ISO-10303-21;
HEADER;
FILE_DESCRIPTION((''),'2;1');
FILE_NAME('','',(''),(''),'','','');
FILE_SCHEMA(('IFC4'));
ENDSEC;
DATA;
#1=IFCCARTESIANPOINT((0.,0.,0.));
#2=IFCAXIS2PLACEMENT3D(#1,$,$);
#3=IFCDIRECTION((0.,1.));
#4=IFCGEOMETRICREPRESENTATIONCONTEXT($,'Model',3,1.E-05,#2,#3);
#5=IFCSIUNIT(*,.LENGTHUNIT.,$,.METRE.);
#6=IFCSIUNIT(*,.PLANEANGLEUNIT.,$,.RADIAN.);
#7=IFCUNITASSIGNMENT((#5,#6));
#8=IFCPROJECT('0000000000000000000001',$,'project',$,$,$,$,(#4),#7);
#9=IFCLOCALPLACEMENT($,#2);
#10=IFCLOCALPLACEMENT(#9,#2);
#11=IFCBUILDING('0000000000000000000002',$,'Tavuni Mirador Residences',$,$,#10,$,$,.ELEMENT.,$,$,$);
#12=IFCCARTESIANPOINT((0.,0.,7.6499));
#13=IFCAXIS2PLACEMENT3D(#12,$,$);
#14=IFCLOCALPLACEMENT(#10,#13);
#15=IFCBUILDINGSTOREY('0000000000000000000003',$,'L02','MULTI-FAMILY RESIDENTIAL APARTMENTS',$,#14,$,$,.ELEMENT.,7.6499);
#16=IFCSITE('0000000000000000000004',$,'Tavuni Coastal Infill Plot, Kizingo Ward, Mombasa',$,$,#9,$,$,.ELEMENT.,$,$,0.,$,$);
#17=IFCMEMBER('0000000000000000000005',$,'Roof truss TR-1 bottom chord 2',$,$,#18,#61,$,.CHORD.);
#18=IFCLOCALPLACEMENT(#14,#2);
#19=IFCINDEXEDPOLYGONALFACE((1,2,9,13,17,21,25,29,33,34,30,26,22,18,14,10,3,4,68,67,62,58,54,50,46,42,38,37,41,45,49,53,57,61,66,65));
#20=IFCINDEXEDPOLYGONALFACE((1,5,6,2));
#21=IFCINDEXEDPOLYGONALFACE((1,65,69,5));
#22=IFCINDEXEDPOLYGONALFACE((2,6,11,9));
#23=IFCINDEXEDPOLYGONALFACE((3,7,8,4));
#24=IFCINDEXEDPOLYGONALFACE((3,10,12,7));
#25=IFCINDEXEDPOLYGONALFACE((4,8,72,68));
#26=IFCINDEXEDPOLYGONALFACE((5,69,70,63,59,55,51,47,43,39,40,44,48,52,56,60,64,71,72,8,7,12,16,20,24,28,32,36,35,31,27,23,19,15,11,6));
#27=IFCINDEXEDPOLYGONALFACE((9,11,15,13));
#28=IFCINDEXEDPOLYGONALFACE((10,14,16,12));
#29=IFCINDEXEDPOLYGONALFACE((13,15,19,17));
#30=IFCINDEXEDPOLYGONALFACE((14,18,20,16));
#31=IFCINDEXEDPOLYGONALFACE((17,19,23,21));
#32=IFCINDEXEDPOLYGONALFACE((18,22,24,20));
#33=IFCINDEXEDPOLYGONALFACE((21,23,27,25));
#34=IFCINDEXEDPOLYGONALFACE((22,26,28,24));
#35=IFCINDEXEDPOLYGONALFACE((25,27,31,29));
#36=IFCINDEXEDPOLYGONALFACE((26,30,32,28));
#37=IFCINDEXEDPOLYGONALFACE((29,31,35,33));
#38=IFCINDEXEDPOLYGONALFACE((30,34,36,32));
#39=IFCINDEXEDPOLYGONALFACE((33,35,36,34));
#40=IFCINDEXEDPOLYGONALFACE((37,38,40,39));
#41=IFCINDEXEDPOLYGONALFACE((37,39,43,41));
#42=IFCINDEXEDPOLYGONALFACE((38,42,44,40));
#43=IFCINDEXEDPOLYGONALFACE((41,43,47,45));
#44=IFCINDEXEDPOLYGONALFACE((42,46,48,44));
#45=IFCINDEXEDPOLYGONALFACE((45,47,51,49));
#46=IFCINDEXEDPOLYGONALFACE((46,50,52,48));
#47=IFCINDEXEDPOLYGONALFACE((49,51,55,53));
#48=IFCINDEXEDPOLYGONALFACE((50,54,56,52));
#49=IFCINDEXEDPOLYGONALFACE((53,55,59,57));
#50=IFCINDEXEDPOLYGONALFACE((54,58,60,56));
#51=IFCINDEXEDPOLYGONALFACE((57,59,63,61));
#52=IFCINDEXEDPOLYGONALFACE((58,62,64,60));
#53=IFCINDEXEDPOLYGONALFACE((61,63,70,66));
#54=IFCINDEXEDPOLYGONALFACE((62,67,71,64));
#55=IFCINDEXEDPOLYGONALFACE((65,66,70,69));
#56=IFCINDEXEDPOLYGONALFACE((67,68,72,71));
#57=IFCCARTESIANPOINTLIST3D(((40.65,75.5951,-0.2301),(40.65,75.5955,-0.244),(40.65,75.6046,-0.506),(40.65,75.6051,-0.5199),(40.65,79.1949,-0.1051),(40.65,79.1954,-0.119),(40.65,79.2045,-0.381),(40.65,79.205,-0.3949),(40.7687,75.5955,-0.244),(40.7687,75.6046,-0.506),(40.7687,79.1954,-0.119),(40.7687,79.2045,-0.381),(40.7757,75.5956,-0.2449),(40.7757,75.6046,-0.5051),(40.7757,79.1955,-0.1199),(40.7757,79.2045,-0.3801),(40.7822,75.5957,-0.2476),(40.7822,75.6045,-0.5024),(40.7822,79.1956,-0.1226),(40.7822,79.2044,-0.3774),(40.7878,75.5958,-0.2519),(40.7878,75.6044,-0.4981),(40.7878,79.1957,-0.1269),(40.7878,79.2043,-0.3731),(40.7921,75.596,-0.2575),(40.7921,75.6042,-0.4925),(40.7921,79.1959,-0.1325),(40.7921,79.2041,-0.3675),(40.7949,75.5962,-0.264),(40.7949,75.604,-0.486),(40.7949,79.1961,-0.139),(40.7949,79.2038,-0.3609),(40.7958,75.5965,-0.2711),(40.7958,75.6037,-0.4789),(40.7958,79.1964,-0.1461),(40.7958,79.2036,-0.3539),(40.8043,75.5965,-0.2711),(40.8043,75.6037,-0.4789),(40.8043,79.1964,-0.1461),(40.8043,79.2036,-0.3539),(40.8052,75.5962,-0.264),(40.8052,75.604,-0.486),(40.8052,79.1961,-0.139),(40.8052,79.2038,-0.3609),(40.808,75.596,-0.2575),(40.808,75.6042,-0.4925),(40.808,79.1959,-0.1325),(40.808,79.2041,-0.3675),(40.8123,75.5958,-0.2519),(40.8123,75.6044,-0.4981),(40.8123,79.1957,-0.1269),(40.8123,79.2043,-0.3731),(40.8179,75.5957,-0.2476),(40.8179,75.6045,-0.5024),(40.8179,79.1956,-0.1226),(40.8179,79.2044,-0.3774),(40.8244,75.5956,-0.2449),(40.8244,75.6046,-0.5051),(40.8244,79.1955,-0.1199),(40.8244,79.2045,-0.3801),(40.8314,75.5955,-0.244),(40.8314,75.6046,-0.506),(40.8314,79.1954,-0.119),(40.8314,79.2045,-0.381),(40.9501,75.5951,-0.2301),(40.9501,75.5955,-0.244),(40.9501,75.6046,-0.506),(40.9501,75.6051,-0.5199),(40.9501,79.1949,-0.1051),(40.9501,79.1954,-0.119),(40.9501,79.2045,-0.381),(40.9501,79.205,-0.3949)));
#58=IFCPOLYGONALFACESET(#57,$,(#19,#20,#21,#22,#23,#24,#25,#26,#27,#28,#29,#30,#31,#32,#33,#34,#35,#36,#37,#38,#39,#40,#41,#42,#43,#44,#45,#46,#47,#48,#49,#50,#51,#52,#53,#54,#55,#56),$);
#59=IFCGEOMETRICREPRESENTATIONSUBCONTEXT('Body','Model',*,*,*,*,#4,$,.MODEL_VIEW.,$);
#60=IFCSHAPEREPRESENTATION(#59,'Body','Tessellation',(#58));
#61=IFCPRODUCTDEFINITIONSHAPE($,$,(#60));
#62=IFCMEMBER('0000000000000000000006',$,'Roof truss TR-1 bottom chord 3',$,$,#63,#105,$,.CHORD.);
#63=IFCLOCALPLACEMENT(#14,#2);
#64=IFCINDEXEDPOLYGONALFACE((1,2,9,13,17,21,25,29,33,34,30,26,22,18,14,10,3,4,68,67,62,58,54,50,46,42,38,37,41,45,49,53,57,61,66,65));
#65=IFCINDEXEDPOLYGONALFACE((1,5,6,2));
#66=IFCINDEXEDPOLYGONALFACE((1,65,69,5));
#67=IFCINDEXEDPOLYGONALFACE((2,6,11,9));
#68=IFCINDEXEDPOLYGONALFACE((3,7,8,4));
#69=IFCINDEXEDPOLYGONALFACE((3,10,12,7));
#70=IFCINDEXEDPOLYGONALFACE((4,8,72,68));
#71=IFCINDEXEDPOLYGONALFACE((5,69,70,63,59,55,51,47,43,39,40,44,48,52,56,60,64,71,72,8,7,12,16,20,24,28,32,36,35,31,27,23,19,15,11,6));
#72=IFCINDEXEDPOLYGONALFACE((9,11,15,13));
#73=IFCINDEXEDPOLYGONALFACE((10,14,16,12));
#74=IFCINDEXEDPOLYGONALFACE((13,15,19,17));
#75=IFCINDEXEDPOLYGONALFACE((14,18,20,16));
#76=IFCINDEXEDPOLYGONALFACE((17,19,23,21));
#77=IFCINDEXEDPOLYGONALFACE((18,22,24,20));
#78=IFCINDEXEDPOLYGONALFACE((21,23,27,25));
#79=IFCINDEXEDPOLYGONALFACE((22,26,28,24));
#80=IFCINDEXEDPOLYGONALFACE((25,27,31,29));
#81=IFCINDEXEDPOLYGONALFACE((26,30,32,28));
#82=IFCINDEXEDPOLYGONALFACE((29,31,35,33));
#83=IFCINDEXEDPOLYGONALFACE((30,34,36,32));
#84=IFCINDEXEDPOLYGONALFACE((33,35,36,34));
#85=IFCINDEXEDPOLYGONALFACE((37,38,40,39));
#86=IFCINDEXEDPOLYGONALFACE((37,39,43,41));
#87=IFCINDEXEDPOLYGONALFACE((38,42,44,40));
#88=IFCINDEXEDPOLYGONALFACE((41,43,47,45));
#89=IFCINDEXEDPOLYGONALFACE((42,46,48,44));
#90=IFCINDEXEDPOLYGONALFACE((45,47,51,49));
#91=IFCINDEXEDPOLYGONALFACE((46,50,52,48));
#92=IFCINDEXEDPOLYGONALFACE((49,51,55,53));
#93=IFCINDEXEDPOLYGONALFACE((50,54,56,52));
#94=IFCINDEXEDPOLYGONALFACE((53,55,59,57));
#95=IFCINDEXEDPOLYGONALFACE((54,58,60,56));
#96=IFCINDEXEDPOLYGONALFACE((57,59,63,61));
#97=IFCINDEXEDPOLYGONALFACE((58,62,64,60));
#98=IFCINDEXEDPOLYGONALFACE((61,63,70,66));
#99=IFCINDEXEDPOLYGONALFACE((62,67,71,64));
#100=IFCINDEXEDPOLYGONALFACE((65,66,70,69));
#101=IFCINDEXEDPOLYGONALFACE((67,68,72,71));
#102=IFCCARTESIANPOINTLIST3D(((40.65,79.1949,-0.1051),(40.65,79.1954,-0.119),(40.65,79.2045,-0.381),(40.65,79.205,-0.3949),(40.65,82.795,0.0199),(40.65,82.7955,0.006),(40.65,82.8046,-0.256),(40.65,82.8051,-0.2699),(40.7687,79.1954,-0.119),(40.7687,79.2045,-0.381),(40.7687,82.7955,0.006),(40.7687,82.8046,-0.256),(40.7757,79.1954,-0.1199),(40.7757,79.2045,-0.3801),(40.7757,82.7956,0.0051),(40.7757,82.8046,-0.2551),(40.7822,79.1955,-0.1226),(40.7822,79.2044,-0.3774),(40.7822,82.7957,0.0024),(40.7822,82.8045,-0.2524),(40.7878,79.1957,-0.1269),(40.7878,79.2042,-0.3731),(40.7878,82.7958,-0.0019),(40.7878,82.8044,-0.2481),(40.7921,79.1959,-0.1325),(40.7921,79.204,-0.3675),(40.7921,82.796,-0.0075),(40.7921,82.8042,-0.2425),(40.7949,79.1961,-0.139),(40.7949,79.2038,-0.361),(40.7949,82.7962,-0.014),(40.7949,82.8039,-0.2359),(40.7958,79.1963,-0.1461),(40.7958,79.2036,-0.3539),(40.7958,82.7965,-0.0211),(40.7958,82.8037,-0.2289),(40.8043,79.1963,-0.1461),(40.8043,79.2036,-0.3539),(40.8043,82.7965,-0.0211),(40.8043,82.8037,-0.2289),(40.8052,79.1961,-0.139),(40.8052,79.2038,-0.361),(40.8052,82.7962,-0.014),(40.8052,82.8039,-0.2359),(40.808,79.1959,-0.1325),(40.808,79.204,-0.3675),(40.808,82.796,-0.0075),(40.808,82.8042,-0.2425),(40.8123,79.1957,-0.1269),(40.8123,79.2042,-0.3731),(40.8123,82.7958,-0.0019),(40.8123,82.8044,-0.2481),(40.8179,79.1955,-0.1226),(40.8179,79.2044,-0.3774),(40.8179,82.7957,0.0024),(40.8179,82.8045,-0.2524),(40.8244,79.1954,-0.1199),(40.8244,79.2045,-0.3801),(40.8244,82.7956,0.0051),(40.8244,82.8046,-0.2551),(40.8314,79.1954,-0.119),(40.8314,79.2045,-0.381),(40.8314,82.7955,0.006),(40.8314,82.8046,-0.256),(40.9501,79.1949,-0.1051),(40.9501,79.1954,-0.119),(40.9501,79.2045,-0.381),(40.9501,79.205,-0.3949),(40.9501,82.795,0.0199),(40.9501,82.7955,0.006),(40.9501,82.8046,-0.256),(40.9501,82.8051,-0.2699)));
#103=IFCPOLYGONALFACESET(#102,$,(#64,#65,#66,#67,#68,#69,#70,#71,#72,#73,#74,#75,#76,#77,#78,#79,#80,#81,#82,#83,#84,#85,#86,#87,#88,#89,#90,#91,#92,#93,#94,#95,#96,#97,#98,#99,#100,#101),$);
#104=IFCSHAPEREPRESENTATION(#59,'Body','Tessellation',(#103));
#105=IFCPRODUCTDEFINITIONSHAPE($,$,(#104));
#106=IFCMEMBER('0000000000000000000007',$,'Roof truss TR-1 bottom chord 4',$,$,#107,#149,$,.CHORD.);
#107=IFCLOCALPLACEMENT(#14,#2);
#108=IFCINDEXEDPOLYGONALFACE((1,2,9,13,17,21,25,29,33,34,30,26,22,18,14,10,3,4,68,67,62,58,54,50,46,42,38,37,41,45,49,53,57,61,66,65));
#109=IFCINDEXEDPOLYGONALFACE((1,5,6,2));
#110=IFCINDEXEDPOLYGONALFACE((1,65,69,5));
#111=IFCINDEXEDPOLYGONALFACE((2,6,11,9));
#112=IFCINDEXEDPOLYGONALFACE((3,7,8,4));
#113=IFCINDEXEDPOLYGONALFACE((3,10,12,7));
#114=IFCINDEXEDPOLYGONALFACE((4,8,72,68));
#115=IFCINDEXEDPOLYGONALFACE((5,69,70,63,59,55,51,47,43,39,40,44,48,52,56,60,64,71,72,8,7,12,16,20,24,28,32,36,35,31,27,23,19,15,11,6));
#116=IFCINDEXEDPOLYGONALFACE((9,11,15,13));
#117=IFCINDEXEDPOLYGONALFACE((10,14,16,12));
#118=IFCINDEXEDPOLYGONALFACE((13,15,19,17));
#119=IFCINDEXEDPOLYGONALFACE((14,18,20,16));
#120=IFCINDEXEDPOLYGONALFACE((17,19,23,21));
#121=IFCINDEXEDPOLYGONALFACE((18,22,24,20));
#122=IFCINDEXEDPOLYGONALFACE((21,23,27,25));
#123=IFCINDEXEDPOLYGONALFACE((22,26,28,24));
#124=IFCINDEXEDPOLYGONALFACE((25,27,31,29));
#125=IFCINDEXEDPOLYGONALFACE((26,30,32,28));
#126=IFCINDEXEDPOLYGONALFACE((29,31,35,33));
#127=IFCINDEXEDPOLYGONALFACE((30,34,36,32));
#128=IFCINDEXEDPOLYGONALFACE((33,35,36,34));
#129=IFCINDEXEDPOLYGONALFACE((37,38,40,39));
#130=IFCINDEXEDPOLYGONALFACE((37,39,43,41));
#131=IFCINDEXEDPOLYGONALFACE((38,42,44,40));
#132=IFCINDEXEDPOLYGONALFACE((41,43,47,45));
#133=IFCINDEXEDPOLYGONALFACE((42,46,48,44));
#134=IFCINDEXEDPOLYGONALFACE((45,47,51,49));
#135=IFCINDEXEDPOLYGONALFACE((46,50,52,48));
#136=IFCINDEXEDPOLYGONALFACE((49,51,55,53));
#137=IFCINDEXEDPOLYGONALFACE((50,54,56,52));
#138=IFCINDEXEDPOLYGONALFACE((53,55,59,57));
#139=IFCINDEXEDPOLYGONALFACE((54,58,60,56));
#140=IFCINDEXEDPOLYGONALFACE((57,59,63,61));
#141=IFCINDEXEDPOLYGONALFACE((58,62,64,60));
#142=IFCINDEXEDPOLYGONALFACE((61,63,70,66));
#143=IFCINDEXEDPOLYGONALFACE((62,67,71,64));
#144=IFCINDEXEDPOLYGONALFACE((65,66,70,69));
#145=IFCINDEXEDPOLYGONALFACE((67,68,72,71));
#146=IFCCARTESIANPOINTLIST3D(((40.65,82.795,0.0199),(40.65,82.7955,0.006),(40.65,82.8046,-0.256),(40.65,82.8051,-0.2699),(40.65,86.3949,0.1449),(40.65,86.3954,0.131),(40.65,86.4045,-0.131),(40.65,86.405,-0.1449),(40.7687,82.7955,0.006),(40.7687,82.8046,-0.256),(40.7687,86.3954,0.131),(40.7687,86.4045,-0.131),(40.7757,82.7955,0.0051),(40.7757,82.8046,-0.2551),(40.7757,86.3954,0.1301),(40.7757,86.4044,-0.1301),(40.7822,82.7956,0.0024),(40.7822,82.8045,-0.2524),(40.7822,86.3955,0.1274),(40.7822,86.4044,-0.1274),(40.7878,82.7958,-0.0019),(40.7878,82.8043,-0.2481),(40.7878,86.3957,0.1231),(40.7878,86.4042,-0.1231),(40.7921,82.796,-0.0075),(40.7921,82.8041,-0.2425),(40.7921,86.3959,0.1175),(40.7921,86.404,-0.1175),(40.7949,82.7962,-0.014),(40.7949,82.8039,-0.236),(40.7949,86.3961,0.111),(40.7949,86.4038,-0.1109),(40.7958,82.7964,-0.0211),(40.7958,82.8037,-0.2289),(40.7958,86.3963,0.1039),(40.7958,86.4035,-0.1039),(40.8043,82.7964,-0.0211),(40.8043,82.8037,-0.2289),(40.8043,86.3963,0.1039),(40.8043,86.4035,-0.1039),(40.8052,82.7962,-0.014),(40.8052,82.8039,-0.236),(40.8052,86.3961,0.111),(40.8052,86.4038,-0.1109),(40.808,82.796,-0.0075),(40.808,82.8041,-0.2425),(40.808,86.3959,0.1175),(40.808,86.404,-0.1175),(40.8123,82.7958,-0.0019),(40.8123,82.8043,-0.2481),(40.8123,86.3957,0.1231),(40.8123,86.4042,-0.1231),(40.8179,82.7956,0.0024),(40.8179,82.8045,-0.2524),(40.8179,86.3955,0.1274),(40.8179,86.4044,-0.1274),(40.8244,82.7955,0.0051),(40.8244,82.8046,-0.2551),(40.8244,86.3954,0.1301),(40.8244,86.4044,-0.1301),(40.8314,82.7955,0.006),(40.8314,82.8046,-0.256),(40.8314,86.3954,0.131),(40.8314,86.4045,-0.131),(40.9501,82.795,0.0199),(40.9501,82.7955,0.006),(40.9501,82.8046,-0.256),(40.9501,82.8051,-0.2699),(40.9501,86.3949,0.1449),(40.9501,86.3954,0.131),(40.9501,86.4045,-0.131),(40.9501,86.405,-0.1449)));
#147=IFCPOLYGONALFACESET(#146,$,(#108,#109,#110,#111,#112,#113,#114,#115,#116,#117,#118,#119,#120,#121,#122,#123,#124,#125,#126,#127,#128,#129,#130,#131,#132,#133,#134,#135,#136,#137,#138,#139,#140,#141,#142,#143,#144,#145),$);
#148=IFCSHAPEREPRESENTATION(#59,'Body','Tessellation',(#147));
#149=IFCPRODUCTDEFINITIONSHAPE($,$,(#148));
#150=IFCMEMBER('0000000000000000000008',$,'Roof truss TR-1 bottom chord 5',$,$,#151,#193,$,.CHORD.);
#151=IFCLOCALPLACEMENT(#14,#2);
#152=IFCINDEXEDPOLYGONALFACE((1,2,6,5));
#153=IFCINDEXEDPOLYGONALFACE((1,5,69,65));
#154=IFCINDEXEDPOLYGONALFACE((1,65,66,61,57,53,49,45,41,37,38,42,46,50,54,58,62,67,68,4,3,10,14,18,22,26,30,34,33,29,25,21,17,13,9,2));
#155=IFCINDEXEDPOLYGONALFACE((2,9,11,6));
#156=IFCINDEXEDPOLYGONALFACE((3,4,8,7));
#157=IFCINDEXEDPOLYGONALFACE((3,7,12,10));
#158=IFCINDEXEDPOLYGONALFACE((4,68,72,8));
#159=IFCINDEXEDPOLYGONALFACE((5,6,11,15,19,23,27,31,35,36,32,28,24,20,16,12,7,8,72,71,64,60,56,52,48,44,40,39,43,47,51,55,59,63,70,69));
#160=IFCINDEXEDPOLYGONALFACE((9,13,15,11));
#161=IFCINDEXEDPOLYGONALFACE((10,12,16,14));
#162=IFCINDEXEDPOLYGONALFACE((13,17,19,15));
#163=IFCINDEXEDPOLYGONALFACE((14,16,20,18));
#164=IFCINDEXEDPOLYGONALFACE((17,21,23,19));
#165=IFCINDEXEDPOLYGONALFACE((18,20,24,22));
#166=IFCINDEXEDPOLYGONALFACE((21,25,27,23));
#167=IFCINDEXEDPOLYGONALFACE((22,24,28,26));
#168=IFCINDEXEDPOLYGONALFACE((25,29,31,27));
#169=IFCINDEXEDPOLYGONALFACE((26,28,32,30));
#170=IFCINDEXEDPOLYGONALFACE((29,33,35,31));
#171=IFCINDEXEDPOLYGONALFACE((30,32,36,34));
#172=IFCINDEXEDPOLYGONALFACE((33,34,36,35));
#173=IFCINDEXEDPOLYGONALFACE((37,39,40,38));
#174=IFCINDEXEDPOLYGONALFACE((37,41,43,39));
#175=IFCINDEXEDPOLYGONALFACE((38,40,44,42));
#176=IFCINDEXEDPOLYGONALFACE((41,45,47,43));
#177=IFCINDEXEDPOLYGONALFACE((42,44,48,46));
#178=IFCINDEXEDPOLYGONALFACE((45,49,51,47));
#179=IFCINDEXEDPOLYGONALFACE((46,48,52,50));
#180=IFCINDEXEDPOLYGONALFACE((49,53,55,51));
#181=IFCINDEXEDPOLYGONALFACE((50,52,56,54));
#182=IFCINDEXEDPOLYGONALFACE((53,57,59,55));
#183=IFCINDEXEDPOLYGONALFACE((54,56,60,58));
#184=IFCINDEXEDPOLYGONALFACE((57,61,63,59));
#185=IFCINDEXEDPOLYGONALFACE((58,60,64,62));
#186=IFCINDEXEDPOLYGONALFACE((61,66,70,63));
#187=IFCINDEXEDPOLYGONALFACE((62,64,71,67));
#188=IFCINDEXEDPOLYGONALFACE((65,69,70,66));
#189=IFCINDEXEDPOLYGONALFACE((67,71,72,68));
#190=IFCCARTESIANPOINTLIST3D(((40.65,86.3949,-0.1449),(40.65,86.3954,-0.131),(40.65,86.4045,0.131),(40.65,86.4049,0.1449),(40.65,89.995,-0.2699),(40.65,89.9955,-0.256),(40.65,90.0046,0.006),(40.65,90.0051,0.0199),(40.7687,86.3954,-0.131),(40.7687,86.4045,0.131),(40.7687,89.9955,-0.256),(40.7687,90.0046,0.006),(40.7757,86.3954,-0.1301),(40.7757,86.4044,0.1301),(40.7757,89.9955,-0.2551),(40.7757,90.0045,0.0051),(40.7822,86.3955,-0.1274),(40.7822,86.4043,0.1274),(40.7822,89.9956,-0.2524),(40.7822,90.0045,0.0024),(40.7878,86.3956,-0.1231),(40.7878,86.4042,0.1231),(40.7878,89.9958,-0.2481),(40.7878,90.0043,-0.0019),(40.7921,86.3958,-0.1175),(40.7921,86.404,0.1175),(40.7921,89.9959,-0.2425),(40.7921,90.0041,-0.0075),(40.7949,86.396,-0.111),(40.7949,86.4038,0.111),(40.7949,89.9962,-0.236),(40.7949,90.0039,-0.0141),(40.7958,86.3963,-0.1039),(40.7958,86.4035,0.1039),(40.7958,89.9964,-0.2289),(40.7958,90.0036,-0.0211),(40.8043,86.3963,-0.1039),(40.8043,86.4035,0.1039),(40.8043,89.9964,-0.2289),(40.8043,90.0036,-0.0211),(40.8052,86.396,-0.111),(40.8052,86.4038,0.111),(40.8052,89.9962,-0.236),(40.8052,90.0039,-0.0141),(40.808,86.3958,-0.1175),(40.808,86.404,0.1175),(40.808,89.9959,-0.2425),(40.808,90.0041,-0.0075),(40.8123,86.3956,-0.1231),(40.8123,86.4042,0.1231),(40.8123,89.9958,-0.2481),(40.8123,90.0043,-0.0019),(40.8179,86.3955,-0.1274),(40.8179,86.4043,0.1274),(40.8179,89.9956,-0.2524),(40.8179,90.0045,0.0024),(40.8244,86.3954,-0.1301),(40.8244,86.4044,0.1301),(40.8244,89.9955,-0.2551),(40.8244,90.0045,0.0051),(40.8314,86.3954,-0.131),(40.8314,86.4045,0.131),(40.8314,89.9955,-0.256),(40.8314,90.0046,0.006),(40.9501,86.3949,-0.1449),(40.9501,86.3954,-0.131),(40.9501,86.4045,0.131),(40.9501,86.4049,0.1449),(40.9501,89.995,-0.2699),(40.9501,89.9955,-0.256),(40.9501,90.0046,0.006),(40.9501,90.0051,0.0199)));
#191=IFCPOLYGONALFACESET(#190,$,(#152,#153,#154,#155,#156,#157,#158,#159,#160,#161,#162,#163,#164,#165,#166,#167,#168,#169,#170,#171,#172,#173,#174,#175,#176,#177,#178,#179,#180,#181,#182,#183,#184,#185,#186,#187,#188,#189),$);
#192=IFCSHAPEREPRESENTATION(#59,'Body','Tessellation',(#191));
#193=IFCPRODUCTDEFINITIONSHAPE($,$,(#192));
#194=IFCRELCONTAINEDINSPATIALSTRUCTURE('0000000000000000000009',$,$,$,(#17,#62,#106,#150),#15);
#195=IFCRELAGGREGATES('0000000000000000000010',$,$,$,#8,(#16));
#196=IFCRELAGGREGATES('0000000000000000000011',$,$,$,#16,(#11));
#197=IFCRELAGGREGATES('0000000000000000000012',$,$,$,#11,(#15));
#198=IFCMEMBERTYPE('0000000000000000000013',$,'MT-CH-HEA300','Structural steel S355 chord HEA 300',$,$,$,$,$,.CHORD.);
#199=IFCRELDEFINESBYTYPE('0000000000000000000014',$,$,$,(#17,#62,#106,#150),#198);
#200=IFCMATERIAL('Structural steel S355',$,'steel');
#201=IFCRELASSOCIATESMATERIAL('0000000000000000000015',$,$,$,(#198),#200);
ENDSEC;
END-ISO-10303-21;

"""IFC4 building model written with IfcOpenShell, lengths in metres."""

from ifc_helpers import new_model, si_unit, direction, frame, origin, origin_2d, place, context, subcontext, project, spatial, i_section, extrude, material, material_profile, profile_set, type_object, element, save


model = new_model("IFC4")

# Units and contexts
model_context = context("Model", 3, precision=1e-05, world=origin(), true_north=direction((0.0, 1.0)))
body_context = subcontext(model_context, "Body", "Model", "MODEL_VIEW")
ifc_project = project(units=[si_unit("LENGTHUNIT", "METRE"), si_unit("PLANEANGLEUNIT", "RADIAN")], contexts=[model_context])

# Site, building, storey
site_placement = place(None, origin())
site = spatial("IfcSite", under=ifc_project, at=site_placement, Name="Tavuni Coastal Infill Plot, Kizingo Ward, Mombasa", CompositionType="ELEMENT", RefElevation=0.0)
building_placement = place(site_placement, origin())
building = spatial("IfcBuilding", under=site, at=building_placement, Name="Tavuni Mirador Residences", CompositionType="ELEMENT")
storey_placement = place(building_placement, frame((0.0, 0.0, 7.6499)))
storey = spatial("IfcBuildingStorey", under=building, at=storey_placement, Name="L02", Description="MULTI-FAMILY RESIDENTIAL APARTMENTS", CompositionType="ELEMENT", Elevation=7.6499)

# Members
ifc_material_1 = material(Name="Structural steel S355", Category="steel")
ifc_material_profile_1 = material_profile(ifc_material_1, i_section(OverallWidth=0.3, OverallDepth=0.29, WebThickness=0.0085, FlangeThickness=0.0139, FilletRadius=0.0271, at=origin_2d()), Name="HEA 300", Category="steel")
ifc_profile_set_1 = profile_set([ifc_material_profile_1], Name="Structural steel S355")
member_type_1 = type_object("IfcMemberType", Name="MT-CH-HEA300", Description="Structural steel S355 chord HEA 300", PredefinedType="CHORD", material=ifc_profile_set_1)
member_1_placement = place(storey_placement, frame((40.8, 75.6001, -0.375), z_axis=(0.0, 0.999398, 0.034703), x_axis=(-1.0, 0.0, 0.0)))
element("IfcMember", 1, at=member_1_placement, inside=storey, type_object=member_type_1, Name="Roof truss TR-1 bottom chord 2", PredefinedType="CHORD", context=body_context, shape_type="SweptSolid", body=[
    extrude(i_section(OverallWidth=0.3, OverallDepth=0.29, WebThickness=0.0085, FlangeThickness=0.0139, FilletRadius=0.0271, at=origin_2d()), origin(), (0.0, 0.0, 1.0), 3.6021),
])
member_2_placement = place(storey_placement, frame((40.8, 79.2, -0.25), z_axis=(0.0, 0.999398, 0.0347), x_axis=(-1.0, 0.0, 0.0)))
element("IfcMember", 2, at=member_2_placement, inside=storey, type_object=member_type_1, Name="Roof truss TR-1 bottom chord 3", PredefinedType="CHORD", context=body_context, shape_type="SweptSolid", body=[
    extrude(i_section(OverallWidth=0.3, OverallDepth=0.29, WebThickness=0.0085, FlangeThickness=0.0139, FilletRadius=0.0271, at=origin_2d()), origin(), (0.0, 0.0, 1.0), 3.6023),
])
member_3_placement = place(storey_placement, frame((40.8, 82.8, -0.125), z_axis=(0.0, 0.999398, 0.034703), x_axis=(-1.0, 0.0, 0.0)))
element("IfcMember", 3, at=member_3_placement, inside=storey, type_object=member_type_1, Name="Roof truss TR-1 bottom chord 4", PredefinedType="CHORD", context=body_context, shape_type="SweptSolid", body=[
    extrude(i_section(OverallWidth=0.3, OverallDepth=0.29, WebThickness=0.0085, FlangeThickness=0.0139, FilletRadius=0.0271, at=origin_2d()), origin(), (0.0, 0.0, 1.0), 3.6021),
])
member_4_placement = place(storey_placement, frame((40.8, 86.3999, 0.0), z_axis=(0.0, 0.999398, -0.0347), x_axis=(-1.0, 0.0, 0.0)))
element("IfcMember", 4, at=member_4_placement, inside=storey, type_object=member_type_1, Name="Roof truss TR-1 bottom chord 5", PredefinedType="CHORD", context=body_context, shape_type="SweptSolid", body=[
    extrude(i_section(OverallWidth=0.3, OverallDepth=0.29, WebThickness=0.0085, FlangeThickness=0.0139, FilletRadius=0.0271, at=origin_2d()), origin(), (0.0, 0.0, 1.0), 3.6023),
])

save(model, "model.ifc")
